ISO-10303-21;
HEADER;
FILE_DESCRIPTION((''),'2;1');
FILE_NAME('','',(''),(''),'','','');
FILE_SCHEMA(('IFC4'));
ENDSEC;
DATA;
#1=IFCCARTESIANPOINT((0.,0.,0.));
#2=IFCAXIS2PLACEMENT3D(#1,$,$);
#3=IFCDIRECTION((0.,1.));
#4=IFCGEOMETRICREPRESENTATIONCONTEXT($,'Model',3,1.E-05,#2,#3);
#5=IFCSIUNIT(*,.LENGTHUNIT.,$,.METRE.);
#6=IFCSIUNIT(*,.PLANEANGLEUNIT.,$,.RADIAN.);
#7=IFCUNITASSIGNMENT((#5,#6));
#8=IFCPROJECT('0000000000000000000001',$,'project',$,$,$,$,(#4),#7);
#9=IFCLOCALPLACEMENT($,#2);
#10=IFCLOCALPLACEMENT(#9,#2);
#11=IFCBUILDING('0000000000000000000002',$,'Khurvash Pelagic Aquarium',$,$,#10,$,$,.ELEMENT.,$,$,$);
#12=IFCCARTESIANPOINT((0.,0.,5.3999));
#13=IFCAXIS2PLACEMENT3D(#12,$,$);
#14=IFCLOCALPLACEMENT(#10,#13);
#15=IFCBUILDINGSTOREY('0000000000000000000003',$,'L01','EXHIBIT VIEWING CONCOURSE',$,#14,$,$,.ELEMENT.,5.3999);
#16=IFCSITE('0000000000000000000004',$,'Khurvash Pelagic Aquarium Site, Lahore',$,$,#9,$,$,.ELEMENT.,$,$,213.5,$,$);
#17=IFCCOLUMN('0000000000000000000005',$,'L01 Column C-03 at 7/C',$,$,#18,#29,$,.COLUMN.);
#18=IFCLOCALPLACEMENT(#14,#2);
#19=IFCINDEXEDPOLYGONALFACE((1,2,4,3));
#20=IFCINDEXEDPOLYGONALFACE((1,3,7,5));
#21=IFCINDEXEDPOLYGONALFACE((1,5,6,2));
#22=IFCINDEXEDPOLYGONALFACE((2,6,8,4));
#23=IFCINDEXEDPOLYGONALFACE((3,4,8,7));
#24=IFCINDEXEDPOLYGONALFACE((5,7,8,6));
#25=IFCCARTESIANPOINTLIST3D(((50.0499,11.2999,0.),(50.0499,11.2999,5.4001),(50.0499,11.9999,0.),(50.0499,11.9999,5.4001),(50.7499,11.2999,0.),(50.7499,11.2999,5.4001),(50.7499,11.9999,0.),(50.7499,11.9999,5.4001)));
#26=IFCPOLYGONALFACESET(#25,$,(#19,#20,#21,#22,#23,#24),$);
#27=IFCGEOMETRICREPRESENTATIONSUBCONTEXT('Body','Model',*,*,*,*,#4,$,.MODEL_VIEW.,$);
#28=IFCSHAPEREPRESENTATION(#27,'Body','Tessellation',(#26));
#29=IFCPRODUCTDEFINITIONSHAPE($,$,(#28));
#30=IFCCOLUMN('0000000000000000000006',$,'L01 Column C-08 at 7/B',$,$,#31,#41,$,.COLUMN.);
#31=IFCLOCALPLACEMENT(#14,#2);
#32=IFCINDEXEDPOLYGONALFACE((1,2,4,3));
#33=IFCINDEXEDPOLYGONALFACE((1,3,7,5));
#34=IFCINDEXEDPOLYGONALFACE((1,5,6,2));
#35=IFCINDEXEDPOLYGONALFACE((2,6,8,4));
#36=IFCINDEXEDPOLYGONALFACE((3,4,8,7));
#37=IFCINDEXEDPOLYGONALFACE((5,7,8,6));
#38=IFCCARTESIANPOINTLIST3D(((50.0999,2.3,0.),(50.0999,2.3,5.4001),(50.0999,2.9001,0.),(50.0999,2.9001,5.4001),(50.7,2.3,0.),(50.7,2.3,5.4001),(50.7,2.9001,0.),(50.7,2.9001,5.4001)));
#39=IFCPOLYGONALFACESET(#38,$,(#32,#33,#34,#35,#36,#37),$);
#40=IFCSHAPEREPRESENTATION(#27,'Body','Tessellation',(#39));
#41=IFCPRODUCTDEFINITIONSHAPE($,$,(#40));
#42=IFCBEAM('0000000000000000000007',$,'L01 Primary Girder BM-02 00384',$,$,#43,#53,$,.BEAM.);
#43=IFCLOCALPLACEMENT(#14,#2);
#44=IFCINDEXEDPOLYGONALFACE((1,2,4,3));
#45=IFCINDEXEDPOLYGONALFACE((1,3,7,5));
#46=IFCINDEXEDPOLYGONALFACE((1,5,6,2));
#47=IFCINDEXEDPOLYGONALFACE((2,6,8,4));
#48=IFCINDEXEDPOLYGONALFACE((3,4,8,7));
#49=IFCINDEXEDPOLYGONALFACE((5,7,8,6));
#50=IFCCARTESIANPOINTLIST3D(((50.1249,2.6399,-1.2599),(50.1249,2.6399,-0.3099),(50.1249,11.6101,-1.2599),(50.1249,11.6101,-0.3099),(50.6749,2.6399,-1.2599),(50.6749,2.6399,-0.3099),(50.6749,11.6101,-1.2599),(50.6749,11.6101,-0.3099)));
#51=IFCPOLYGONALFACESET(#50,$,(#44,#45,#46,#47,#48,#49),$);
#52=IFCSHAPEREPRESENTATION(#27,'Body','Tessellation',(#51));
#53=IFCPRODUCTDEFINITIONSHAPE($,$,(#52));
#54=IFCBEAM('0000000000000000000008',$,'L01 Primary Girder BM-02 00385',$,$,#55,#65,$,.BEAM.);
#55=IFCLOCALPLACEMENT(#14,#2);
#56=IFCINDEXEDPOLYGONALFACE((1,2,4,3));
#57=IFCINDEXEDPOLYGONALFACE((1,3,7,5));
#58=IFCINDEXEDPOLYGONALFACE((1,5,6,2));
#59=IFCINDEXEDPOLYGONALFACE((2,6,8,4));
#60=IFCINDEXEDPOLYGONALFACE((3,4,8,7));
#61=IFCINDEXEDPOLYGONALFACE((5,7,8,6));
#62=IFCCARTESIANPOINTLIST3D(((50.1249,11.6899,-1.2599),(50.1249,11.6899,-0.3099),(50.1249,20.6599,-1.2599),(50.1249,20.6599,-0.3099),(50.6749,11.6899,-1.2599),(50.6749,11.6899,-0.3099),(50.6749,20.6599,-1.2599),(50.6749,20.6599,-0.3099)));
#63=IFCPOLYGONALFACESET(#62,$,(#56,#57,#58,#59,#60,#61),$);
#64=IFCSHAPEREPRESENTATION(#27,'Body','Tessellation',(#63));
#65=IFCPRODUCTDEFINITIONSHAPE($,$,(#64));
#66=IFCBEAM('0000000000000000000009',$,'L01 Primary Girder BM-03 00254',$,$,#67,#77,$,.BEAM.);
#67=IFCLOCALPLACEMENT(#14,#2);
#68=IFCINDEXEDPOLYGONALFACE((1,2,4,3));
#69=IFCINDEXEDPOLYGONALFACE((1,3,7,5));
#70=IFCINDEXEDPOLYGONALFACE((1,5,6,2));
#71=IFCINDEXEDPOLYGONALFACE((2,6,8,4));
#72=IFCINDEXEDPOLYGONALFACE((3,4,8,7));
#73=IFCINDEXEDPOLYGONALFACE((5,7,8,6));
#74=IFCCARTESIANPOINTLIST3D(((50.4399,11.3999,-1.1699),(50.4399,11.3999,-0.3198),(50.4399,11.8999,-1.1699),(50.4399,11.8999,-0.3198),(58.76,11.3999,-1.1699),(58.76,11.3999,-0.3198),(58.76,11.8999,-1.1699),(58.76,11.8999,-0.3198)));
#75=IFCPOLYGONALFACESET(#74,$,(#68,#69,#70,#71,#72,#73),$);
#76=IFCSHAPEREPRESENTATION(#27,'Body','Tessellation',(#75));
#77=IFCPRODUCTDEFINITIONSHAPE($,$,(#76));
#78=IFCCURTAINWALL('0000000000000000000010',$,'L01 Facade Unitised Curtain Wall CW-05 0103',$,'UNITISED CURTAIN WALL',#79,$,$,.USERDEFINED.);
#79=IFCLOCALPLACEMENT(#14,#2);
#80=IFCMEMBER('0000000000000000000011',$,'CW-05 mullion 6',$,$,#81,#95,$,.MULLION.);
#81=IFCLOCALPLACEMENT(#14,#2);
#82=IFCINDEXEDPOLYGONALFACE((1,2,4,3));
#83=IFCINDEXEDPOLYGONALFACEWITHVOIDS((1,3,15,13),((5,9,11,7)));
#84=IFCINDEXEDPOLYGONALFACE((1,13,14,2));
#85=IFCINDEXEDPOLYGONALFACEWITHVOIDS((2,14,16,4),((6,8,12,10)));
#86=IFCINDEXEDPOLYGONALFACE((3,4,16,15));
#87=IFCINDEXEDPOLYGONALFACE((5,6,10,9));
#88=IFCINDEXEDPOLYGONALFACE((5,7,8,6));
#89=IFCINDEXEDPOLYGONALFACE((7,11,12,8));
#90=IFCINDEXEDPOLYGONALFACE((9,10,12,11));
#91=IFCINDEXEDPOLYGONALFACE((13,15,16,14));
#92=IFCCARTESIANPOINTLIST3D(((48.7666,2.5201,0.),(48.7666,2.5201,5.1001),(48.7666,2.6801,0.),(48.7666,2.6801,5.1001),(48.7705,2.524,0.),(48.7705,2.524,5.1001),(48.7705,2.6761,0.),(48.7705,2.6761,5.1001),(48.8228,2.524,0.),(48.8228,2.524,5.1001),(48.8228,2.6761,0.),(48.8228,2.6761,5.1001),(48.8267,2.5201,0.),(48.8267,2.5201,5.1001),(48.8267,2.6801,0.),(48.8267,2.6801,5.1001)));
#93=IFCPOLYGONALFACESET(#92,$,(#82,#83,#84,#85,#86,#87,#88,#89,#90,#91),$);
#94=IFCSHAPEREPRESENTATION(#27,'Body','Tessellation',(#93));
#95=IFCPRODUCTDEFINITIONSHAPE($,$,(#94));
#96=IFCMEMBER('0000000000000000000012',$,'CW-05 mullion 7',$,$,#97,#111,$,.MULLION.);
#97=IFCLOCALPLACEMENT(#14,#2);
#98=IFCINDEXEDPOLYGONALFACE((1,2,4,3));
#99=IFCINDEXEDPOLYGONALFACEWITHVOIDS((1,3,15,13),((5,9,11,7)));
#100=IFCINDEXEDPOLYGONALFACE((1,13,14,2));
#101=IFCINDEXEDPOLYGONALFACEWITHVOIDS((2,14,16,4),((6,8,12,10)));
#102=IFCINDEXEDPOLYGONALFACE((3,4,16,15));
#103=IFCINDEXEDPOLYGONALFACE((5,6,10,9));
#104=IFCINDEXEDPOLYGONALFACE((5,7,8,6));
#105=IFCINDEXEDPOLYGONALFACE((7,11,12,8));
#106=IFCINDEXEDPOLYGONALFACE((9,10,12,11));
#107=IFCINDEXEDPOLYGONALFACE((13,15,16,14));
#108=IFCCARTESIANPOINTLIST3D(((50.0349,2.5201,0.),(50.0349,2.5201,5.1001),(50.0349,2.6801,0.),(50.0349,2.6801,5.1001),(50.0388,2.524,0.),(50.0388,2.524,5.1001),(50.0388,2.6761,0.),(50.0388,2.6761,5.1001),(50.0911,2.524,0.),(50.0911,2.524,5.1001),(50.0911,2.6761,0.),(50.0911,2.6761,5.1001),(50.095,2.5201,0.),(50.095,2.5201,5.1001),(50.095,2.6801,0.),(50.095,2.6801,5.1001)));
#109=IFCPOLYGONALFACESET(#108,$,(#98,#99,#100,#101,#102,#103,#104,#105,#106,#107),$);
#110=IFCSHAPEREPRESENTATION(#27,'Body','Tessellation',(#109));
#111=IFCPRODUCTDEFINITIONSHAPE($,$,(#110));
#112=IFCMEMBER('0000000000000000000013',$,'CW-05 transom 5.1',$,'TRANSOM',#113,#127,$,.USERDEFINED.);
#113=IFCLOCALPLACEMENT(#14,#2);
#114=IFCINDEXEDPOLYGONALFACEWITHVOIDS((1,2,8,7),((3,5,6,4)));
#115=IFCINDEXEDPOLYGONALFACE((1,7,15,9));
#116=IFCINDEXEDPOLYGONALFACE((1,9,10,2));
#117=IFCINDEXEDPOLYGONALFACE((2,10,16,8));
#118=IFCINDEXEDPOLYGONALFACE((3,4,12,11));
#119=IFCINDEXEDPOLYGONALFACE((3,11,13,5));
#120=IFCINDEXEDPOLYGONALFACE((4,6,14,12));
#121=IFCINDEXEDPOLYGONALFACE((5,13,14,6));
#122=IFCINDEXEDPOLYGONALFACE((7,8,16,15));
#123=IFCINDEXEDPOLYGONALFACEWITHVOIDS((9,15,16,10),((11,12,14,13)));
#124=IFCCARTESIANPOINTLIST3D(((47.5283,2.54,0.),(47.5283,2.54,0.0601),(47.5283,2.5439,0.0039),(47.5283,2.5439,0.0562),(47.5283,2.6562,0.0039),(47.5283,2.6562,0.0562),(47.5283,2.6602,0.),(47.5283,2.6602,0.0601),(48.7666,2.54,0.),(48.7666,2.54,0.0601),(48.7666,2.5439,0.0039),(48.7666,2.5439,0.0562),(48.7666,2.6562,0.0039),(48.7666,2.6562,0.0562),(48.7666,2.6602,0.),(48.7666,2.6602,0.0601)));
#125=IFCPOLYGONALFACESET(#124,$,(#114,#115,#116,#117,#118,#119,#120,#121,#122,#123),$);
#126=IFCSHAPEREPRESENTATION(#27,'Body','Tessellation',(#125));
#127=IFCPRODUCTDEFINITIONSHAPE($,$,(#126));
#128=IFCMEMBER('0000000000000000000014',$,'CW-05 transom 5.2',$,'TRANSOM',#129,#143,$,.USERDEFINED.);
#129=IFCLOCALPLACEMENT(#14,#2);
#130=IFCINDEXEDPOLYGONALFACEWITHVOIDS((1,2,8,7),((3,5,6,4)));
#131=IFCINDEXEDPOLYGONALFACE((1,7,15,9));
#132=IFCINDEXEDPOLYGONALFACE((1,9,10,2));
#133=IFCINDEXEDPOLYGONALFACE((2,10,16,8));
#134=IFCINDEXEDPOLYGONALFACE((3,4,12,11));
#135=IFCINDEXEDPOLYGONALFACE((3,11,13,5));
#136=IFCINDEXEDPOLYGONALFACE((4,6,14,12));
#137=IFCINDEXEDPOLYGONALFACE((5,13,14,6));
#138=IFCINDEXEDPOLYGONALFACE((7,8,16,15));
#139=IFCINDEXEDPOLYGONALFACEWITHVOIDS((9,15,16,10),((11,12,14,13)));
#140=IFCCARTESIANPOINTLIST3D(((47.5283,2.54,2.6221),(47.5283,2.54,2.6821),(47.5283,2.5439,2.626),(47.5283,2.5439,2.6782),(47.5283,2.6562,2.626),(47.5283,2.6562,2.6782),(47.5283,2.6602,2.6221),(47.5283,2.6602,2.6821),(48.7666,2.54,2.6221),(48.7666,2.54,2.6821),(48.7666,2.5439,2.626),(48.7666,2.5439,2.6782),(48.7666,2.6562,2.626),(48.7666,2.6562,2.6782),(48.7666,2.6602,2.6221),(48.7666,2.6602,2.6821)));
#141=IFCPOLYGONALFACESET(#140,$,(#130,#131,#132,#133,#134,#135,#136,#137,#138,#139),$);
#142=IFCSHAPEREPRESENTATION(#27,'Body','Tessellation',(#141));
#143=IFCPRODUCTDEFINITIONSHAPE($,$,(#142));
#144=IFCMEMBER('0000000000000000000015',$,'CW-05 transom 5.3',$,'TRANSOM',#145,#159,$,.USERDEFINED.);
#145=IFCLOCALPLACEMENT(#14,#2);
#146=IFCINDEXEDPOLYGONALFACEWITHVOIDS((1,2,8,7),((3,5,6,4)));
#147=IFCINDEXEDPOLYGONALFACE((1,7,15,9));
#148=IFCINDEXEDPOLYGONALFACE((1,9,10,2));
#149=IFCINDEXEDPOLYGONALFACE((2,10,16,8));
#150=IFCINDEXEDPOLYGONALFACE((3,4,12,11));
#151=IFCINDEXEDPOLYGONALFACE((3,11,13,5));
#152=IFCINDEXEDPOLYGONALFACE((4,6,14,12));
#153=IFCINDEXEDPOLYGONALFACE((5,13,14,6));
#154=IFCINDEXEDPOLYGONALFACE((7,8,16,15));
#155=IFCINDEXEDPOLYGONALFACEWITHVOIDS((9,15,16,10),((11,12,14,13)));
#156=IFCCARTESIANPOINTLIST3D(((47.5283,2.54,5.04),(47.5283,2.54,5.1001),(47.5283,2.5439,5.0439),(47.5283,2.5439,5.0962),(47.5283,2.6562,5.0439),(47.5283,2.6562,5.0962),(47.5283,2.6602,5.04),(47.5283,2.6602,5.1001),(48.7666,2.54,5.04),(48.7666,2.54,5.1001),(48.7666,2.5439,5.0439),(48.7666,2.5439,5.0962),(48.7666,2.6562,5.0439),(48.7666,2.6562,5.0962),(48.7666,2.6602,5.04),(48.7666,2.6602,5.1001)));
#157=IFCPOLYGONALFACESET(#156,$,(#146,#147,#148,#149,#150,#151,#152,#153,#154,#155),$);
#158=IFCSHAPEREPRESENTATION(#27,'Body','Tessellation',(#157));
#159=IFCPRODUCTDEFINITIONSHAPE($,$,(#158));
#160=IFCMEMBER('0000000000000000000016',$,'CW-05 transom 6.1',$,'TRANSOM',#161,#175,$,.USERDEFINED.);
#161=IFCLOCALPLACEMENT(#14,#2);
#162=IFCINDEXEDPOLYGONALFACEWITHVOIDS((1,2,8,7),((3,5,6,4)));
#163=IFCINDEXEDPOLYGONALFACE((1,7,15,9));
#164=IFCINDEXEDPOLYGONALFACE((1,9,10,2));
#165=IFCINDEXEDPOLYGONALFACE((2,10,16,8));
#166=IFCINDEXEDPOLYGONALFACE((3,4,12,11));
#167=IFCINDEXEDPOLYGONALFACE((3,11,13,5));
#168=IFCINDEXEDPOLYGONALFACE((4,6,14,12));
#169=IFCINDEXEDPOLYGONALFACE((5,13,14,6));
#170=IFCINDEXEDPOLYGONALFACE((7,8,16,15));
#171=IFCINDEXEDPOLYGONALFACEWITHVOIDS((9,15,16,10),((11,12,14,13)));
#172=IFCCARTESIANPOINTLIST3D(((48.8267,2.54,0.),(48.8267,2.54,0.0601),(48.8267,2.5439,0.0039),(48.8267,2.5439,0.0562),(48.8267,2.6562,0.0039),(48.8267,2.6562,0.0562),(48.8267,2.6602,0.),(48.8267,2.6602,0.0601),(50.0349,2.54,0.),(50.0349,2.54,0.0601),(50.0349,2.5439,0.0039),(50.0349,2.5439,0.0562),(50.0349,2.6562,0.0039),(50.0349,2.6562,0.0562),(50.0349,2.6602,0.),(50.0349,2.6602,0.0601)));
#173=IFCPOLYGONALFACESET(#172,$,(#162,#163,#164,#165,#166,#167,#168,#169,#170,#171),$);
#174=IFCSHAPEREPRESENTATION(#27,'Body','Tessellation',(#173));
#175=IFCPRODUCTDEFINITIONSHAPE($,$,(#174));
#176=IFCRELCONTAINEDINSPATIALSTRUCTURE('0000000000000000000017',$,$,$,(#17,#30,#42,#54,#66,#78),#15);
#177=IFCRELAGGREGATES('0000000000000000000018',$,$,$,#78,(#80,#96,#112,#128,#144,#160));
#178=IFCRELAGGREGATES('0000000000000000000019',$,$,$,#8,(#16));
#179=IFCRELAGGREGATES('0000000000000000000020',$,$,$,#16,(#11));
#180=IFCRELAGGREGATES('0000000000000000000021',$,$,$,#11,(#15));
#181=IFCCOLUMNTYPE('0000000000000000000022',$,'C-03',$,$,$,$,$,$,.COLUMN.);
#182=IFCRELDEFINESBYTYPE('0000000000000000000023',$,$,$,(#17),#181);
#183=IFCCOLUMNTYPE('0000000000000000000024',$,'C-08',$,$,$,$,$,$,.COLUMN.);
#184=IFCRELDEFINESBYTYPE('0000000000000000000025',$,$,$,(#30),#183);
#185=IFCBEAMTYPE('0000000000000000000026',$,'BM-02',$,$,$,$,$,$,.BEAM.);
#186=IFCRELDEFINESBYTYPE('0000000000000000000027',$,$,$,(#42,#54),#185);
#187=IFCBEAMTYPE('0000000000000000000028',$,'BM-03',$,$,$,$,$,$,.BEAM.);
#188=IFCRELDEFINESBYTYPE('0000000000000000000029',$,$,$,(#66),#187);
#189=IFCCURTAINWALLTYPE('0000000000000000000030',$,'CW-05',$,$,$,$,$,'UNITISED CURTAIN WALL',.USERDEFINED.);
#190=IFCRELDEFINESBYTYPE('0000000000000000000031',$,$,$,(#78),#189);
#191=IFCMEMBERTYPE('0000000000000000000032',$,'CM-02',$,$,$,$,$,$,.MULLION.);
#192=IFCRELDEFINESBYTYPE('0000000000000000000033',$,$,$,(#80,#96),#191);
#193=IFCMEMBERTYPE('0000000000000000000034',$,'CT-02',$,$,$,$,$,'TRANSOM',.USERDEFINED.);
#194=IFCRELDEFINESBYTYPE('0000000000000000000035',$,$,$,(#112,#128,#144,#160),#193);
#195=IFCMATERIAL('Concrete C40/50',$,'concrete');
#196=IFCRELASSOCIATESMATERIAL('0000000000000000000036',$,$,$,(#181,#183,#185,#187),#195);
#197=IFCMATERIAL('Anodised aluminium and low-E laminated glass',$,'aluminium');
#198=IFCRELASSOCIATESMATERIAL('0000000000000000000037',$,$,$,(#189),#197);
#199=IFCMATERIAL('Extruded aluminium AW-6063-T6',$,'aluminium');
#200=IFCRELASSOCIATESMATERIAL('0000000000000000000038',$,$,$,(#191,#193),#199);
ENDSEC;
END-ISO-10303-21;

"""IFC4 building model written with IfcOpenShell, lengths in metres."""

from ifc_helpers import new_model, si_unit, direction, frame, origin, origin_2d, place, context, subcontext, project, spatial, rectangle, hollow_rectangle, extrude, material, material_profile, profile_set, type_object, element, aggregate, save


model = new_model("IFC4")

# Units and contexts
model_context = context("Model", 3, precision=1e-05, world=origin(), true_north=direction((0.0, 1.0)))
body_context = subcontext(model_context, "Body", "Model", "MODEL_VIEW")
ifc_project = project(units=[si_unit("LENGTHUNIT", "METRE"), si_unit("PLANEANGLEUNIT", "RADIAN")], contexts=[model_context])

# Site, building, storey
site_placement = place(None, origin())
site = spatial("IfcSite", under=ifc_project, at=site_placement, Name="Khurvash Pelagic Aquarium Site, Lahore", CompositionType="ELEMENT", RefElevation=213.5)
building_placement = place(site_placement, origin())
building = spatial("IfcBuilding", under=site, at=building_placement, Name="Khurvash Pelagic Aquarium", CompositionType="ELEMENT")
storey_placement = place(building_placement, frame((0.0, 0.0, 5.3999)))
storey = spatial("IfcBuildingStorey", under=building, at=storey_placement, Name="L01", Description="EXHIBIT VIEWING CONCOURSE", CompositionType="ELEMENT", Elevation=5.3999)

# Columns
ifc_material_1 = material(Name="Concrete C40/50", Category="concrete")
ifc_material_profile_1 = material_profile(ifc_material_1, rectangle(XDim=0.7, YDim=0.7, at=origin_2d()), Name="RC700X700")
ifc_profile_set_1 = profile_set([ifc_material_profile_1], Name="Concrete C40/50")
column_type_1 = type_object("IfcColumnType", Name="C-03", PredefinedType="COLUMN", material=ifc_profile_set_1)
column_1_placement = place(storey_placement, frame((50.3999, 11.6499, 0.0), z_axis=(0.0, 0.0, 1.0), x_axis=(1.0, 0.0, 0.0)))
element("IfcColumn", 1, at=column_1_placement, inside=storey, type_object=column_type_1, Name="L01 Column C-03 at 7/C", PredefinedType="COLUMN", context=body_context, shape_type="SweptSolid", body=[
    extrude(rectangle(XDim=0.7, YDim=0.7, at=origin_2d()), origin(), (0.0, 0.0, 1.0), 5.4001),
])
ifc_material_profile_2 = material_profile(ifc_material_1, rectangle(XDim=0.6001, YDim=0.6001, at=origin_2d()), Name="RC600X600")
ifc_profile_set_2 = profile_set([ifc_material_profile_2], Name="Concrete C40/50")
column_type_2 = type_object("IfcColumnType", Name="C-08", PredefinedType="COLUMN", material=ifc_profile_set_2)
column_2_placement = place(storey_placement, frame((50.3999, 2.6001, 0.0), z_axis=(0.0, 0.0, 1.0), x_axis=(1.0, 0.0, 0.0)))
element("IfcColumn", 2, at=column_2_placement, inside=storey, type_object=column_type_2, Name="L01 Column C-08 at 7/B", PredefinedType="COLUMN", context=body_context, shape_type="SweptSolid", body=[
    extrude(rectangle(XDim=0.6001, YDim=0.6001, at=origin_2d()), origin(), (0.0, 0.0, 1.0), 5.4001),
])

# Beams
ifc_material_profile_3 = material_profile(ifc_material_1, rectangle(XDim=0.55, YDim=0.95, at=origin_2d()), Name="RC550X950")
ifc_profile_set_3 = profile_set([ifc_material_profile_3], Name="Concrete C40/50")
beam_type_1 = type_object("IfcBeamType", Name="BM-02", PredefinedType="BEAM", material=ifc_profile_set_3)
beam_1_placement = place(storey_placement, frame((50.3999, 2.6399, -0.7849), z_axis=(0.0, 1.0, 0.0), x_axis=(-1.0, 0.0, 0.0)))
element("IfcBeam", 3, at=beam_1_placement, inside=storey, type_object=beam_type_1, Name="L01 Primary Girder BM-02 00384", PredefinedType="BEAM", context=body_context, shape_type="SweptSolid", body=[
    extrude(rectangle(XDim=0.55, YDim=0.95, at=origin_2d()), origin(), (0.0, 0.0, 1.0), 8.9702),
])
beam_2_placement = place(storey_placement, frame((50.3999, 11.6899, -0.7849), z_axis=(0.0, 1.0, 0.0), x_axis=(-1.0, 0.0, 0.0)))
element("IfcBeam", 4, at=beam_2_placement, inside=storey, type_object=beam_type_1, Name="L01 Primary Girder BM-02 00385", PredefinedType="BEAM", context=body_context, shape_type="SweptSolid", body=[
    extrude(rectangle(XDim=0.55, YDim=0.95, at=origin_2d()), origin(), (0.0, 0.0, 1.0), 8.97),
])
ifc_material_profile_4 = material_profile(ifc_material_1, rectangle(XDim=0.5, YDim=0.8501, at=origin_2d()), Name="RC500X850")
ifc_profile_set_4 = profile_set([ifc_material_profile_4], Name="Concrete C40/50")
beam_type_2 = type_object("IfcBeamType", Name="BM-03", PredefinedType="BEAM", material=ifc_profile_set_4)
beam_3_placement = place(storey_placement, frame((50.4399, 11.6499, -0.7449), z_axis=(1.0, 0.0, 0.0), x_axis=(0.0, 1.0, 0.0)))
element("IfcBeam", 5, at=beam_3_placement, inside=storey, type_object=beam_type_2, Name="L01 Primary Girder BM-03 00254", PredefinedType="BEAM", context=body_context, shape_type="SweptSolid", body=[
    extrude(rectangle(XDim=0.5, YDim=0.8501, at=origin_2d()), origin(), (0.0, 0.0, 1.0), 8.3201),
])

# Curtain wall, members
ifc_material_2 = material(Name="Anodised aluminium and low-E laminated glass", Category="aluminium")
curtain_wall_type = type_object("IfcCurtainWallType", Name="CW-05", ElementType="UNITISED CURTAIN WALL", PredefinedType="USERDEFINED", material=ifc_material_2)
curtain_wall_placement = place(storey_placement, origin())
curtain_wall = element("IfcCurtainWall", 6, at=curtain_wall_placement, inside=storey, type_object=curtain_wall_type, Name="L01 Facade Unitised Curtain Wall CW-05 0103", ObjectType="UNITISED CURTAIN WALL", PredefinedType="USERDEFINED")
ifc_material_3 = material(Name="Extruded aluminium AW-6063-T6", Category="aluminium")
ifc_material_profile_5 = material_profile(ifc_material_3, hollow_rectangle(XDim=0.0601, YDim=0.1599, WallThickness=0.0039, at=origin_2d()), Name="CWM60X160X4")
ifc_profile_set_5 = profile_set([ifc_material_profile_5], Name="Extruded aluminium AW-6063-T6")
member_type_1 = type_object("IfcMemberType", Name="CM-02", PredefinedType="MULLION", material=ifc_profile_set_5)
member_1_placement = place(storey_placement, frame((48.7966, 2.6001, 0.0), z_axis=(0.0, 0.0, 1.0), x_axis=(1.0, 0.0, 0.0)))
member_1 = element("IfcMember", 7, at=member_1_placement, type_object=member_type_1, Name="CW-05 mullion 6", PredefinedType="MULLION", context=body_context, shape_type="SweptSolid", body=[
    extrude(hollow_rectangle(XDim=0.0601, YDim=0.1599, WallThickness=0.0039, at=origin_2d()), origin(), (0.0, 0.0, 1.0), 5.1001),
])
member_2_placement = place(storey_placement, frame((50.0649, 2.6001, 0.0), z_axis=(0.0, 0.0, 1.0), x_axis=(1.0, 0.0, 0.0)))
member_2 = element("IfcMember", 8, at=member_2_placement, type_object=member_type_1, Name="CW-05 mullion 7", PredefinedType="MULLION", context=body_context, shape_type="SweptSolid", body=[
    extrude(hollow_rectangle(XDim=0.0601, YDim=0.1599, WallThickness=0.0039, at=origin_2d()), origin(), (0.0, 0.0, 1.0), 5.1001),
])
ifc_material_profile_6 = material_profile(ifc_material_3, hollow_rectangle(XDim=0.1201, YDim=0.0601, WallThickness=0.0039, at=origin_2d()), Name="CWT120X60X4")
ifc_profile_set_6 = profile_set([ifc_material_profile_6], Name="Extruded aluminium AW-6063-T6")
member_type_2 = type_object("IfcMemberType", Name="CT-02", ElementType="TRANSOM", PredefinedType="USERDEFINED", material=ifc_profile_set_6)
member_3_placement = place(storey_placement, frame((47.5283, 2.6001, 0.03), z_axis=(1.0, 0.0, 0.0), x_axis=(0.0, 1.0, 0.0)))
member_3 = element("IfcMember", 9, at=member_3_placement, type_object=member_type_2, Name="CW-05 transom 5.1", ObjectType="TRANSOM", PredefinedType="USERDEFINED", context=body_context, shape_type="SweptSolid", body=[
    extrude(hollow_rectangle(XDim=0.1201, YDim=0.0601, WallThickness=0.0039, at=origin_2d()), origin(), (0.0, 0.0, 1.0), 1.2383),
])
member_4_placement = place(storey_placement, frame((47.5283, 2.6001, 2.6521), z_axis=(1.0, 0.0, 0.0), x_axis=(0.0, 1.0, 0.0)))
member_4 = element("IfcMember", 10, at=member_4_placement, type_object=member_type_2, Name="CW-05 transom 5.2", ObjectType="TRANSOM", PredefinedType="USERDEFINED", context=body_context, shape_type="SweptSolid", body=[
    extrude(hollow_rectangle(XDim=0.1201, YDim=0.0601, WallThickness=0.0039, at=origin_2d()), origin(), (0.0, 0.0, 1.0), 1.2383),
])
member_5_placement = place(storey_placement, frame((47.5283, 2.6001, 5.0701), z_axis=(1.0, 0.0, 0.0), x_axis=(0.0, 1.0, 0.0)))
member_5 = element("IfcMember", 11, at=member_5_placement, type_object=member_type_2, Name="CW-05 transom 5.3", ObjectType="TRANSOM", PredefinedType="USERDEFINED", context=body_context, shape_type="SweptSolid", body=[
    extrude(hollow_rectangle(XDim=0.1201, YDim=0.0601, WallThickness=0.0039, at=origin_2d()), origin(), (0.0, 0.0, 1.0), 1.2383),
])
member_6_placement = place(storey_placement, frame((48.8267, 2.6001, 0.03), z_axis=(1.0, 0.0, 0.0), x_axis=(0.0, 1.0, 0.0)))
member_6 = element("IfcMember", 12, at=member_6_placement, type_object=member_type_2, Name="CW-05 transom 6.1", ObjectType="TRANSOM", PredefinedType="USERDEFINED", context=body_context, shape_type="SweptSolid", body=[
    extrude(hollow_rectangle(XDim=0.1201, YDim=0.0601, WallThickness=0.0039, at=origin_2d()), origin(), (0.0, 0.0, 1.0), 1.2083),
])

aggregate(curtain_wall, [member_1, member_2, member_3, member_4, member_5, member_6])

save(model, "model.ifc")
